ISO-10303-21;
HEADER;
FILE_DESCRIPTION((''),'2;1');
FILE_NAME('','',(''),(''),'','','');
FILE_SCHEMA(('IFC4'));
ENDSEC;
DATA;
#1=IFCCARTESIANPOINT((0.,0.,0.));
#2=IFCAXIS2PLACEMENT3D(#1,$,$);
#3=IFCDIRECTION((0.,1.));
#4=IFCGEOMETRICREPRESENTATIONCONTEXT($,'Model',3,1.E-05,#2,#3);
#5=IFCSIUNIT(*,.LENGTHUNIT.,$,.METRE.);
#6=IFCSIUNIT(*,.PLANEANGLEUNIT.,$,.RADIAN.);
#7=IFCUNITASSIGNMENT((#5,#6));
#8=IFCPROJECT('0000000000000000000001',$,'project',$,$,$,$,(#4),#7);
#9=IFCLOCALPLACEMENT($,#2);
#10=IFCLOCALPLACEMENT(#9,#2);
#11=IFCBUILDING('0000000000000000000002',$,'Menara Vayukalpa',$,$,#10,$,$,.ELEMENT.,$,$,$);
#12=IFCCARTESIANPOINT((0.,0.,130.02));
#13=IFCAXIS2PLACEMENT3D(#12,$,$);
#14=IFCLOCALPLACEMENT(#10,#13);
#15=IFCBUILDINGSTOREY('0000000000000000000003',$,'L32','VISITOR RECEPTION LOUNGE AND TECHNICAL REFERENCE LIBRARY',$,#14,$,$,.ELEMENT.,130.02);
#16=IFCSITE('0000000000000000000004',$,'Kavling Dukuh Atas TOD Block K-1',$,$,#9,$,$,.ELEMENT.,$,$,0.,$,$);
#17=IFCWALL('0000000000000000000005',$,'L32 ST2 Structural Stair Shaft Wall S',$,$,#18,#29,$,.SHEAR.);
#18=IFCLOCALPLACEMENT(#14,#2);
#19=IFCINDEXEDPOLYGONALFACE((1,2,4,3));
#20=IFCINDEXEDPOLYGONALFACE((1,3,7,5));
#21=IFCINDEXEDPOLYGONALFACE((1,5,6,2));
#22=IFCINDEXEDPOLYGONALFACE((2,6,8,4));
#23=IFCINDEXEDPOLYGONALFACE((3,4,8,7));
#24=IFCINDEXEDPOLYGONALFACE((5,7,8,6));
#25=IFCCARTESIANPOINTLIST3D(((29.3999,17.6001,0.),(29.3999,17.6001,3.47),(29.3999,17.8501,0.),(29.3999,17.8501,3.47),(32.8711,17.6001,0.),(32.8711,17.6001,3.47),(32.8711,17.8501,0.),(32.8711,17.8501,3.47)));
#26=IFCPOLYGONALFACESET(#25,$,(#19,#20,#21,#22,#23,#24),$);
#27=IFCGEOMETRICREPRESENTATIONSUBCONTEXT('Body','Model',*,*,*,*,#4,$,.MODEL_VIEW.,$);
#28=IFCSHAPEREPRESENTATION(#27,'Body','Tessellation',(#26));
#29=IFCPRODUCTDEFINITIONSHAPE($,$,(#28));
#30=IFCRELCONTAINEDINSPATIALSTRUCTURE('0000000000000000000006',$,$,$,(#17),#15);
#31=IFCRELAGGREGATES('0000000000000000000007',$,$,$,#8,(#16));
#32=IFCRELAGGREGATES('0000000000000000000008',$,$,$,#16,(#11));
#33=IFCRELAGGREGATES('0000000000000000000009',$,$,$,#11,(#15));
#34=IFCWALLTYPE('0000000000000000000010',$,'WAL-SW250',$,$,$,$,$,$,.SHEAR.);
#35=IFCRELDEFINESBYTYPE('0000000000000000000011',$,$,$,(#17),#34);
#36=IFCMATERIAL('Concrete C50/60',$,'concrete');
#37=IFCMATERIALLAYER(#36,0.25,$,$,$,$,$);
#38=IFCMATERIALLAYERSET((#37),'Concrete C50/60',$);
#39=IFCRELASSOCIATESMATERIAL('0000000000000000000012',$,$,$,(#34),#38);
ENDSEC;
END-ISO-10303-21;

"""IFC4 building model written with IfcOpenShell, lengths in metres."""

from ifc_helpers import new_model, si_unit, direction, frame, frame_2d, origin, place, context, subcontext, project, spatial, rectangle, extrude, material, layer, layer_set, type_object, element, save


model = new_model("IFC4")

# Units and contexts
model_context = context("Model", 3, precision=1e-05, world=origin(), true_north=direction((0.0, 1.0)))
body_context = subcontext(model_context, "Body", "Model", "MODEL_VIEW")
ifc_project = project(units=[si_unit("LENGTHUNIT", "METRE"), si_unit("PLANEANGLEUNIT", "RADIAN")], contexts=[model_context])

# Site, building, storey
site_placement = place(None, origin())
site = spatial("IfcSite", under=ifc_project, at=site_placement, Name="Kavling Dukuh Atas TOD Block K-1", CompositionType="ELEMENT", RefElevation=0.0)
building_placement = place(site_placement, origin())
building = spatial("IfcBuilding", under=site, at=building_placement, Name="Menara Vayukalpa", CompositionType="ELEMENT")
storey_placement = place(building_placement, frame((0.0, 0.0, 130.02)))
storey = spatial("IfcBuildingStorey", under=building, at=storey_placement, Name="L32", Description="VISITOR RECEPTION LOUNGE AND TECHNICAL REFERENCE LIBRARY", CompositionType="ELEMENT", Elevation=130.02)

# Shared definitions
ifc_material_1 = material(Name="Concrete C50/60", Category="concrete")
ifc_layer_1 = layer(ifc_material_1, 0.25)
ifc_layer_set_1 = layer_set([ifc_layer_1], Name="Concrete C50/60")
wall_type_1 = type_object("IfcWallType", Name="WAL-SW250", PredefinedType="SHEAR", material=ifc_layer_set_1)

# Wall
wall_1_placement = place(storey_placement, frame((29.3999, 17.7251, 0.0), z_axis=(0.0, 0.0, 1.0), x_axis=(1.0, 0.0, 0.0)))
element("IfcWall", 1, at=wall_1_placement, inside=storey, type_object=wall_type_1, Name="L32 ST2 Structural Stair Shaft Wall S", PredefinedType="SHEAR", context=body_context, shape_type="SweptSolid", body=[
    extrude(rectangle(XDim=3.4712, YDim=0.25, at=frame_2d((1.7356, 0.0))), origin(), (0.0, 0.0, 1.0), 3.47),
])

save(model, "model.ifc")
